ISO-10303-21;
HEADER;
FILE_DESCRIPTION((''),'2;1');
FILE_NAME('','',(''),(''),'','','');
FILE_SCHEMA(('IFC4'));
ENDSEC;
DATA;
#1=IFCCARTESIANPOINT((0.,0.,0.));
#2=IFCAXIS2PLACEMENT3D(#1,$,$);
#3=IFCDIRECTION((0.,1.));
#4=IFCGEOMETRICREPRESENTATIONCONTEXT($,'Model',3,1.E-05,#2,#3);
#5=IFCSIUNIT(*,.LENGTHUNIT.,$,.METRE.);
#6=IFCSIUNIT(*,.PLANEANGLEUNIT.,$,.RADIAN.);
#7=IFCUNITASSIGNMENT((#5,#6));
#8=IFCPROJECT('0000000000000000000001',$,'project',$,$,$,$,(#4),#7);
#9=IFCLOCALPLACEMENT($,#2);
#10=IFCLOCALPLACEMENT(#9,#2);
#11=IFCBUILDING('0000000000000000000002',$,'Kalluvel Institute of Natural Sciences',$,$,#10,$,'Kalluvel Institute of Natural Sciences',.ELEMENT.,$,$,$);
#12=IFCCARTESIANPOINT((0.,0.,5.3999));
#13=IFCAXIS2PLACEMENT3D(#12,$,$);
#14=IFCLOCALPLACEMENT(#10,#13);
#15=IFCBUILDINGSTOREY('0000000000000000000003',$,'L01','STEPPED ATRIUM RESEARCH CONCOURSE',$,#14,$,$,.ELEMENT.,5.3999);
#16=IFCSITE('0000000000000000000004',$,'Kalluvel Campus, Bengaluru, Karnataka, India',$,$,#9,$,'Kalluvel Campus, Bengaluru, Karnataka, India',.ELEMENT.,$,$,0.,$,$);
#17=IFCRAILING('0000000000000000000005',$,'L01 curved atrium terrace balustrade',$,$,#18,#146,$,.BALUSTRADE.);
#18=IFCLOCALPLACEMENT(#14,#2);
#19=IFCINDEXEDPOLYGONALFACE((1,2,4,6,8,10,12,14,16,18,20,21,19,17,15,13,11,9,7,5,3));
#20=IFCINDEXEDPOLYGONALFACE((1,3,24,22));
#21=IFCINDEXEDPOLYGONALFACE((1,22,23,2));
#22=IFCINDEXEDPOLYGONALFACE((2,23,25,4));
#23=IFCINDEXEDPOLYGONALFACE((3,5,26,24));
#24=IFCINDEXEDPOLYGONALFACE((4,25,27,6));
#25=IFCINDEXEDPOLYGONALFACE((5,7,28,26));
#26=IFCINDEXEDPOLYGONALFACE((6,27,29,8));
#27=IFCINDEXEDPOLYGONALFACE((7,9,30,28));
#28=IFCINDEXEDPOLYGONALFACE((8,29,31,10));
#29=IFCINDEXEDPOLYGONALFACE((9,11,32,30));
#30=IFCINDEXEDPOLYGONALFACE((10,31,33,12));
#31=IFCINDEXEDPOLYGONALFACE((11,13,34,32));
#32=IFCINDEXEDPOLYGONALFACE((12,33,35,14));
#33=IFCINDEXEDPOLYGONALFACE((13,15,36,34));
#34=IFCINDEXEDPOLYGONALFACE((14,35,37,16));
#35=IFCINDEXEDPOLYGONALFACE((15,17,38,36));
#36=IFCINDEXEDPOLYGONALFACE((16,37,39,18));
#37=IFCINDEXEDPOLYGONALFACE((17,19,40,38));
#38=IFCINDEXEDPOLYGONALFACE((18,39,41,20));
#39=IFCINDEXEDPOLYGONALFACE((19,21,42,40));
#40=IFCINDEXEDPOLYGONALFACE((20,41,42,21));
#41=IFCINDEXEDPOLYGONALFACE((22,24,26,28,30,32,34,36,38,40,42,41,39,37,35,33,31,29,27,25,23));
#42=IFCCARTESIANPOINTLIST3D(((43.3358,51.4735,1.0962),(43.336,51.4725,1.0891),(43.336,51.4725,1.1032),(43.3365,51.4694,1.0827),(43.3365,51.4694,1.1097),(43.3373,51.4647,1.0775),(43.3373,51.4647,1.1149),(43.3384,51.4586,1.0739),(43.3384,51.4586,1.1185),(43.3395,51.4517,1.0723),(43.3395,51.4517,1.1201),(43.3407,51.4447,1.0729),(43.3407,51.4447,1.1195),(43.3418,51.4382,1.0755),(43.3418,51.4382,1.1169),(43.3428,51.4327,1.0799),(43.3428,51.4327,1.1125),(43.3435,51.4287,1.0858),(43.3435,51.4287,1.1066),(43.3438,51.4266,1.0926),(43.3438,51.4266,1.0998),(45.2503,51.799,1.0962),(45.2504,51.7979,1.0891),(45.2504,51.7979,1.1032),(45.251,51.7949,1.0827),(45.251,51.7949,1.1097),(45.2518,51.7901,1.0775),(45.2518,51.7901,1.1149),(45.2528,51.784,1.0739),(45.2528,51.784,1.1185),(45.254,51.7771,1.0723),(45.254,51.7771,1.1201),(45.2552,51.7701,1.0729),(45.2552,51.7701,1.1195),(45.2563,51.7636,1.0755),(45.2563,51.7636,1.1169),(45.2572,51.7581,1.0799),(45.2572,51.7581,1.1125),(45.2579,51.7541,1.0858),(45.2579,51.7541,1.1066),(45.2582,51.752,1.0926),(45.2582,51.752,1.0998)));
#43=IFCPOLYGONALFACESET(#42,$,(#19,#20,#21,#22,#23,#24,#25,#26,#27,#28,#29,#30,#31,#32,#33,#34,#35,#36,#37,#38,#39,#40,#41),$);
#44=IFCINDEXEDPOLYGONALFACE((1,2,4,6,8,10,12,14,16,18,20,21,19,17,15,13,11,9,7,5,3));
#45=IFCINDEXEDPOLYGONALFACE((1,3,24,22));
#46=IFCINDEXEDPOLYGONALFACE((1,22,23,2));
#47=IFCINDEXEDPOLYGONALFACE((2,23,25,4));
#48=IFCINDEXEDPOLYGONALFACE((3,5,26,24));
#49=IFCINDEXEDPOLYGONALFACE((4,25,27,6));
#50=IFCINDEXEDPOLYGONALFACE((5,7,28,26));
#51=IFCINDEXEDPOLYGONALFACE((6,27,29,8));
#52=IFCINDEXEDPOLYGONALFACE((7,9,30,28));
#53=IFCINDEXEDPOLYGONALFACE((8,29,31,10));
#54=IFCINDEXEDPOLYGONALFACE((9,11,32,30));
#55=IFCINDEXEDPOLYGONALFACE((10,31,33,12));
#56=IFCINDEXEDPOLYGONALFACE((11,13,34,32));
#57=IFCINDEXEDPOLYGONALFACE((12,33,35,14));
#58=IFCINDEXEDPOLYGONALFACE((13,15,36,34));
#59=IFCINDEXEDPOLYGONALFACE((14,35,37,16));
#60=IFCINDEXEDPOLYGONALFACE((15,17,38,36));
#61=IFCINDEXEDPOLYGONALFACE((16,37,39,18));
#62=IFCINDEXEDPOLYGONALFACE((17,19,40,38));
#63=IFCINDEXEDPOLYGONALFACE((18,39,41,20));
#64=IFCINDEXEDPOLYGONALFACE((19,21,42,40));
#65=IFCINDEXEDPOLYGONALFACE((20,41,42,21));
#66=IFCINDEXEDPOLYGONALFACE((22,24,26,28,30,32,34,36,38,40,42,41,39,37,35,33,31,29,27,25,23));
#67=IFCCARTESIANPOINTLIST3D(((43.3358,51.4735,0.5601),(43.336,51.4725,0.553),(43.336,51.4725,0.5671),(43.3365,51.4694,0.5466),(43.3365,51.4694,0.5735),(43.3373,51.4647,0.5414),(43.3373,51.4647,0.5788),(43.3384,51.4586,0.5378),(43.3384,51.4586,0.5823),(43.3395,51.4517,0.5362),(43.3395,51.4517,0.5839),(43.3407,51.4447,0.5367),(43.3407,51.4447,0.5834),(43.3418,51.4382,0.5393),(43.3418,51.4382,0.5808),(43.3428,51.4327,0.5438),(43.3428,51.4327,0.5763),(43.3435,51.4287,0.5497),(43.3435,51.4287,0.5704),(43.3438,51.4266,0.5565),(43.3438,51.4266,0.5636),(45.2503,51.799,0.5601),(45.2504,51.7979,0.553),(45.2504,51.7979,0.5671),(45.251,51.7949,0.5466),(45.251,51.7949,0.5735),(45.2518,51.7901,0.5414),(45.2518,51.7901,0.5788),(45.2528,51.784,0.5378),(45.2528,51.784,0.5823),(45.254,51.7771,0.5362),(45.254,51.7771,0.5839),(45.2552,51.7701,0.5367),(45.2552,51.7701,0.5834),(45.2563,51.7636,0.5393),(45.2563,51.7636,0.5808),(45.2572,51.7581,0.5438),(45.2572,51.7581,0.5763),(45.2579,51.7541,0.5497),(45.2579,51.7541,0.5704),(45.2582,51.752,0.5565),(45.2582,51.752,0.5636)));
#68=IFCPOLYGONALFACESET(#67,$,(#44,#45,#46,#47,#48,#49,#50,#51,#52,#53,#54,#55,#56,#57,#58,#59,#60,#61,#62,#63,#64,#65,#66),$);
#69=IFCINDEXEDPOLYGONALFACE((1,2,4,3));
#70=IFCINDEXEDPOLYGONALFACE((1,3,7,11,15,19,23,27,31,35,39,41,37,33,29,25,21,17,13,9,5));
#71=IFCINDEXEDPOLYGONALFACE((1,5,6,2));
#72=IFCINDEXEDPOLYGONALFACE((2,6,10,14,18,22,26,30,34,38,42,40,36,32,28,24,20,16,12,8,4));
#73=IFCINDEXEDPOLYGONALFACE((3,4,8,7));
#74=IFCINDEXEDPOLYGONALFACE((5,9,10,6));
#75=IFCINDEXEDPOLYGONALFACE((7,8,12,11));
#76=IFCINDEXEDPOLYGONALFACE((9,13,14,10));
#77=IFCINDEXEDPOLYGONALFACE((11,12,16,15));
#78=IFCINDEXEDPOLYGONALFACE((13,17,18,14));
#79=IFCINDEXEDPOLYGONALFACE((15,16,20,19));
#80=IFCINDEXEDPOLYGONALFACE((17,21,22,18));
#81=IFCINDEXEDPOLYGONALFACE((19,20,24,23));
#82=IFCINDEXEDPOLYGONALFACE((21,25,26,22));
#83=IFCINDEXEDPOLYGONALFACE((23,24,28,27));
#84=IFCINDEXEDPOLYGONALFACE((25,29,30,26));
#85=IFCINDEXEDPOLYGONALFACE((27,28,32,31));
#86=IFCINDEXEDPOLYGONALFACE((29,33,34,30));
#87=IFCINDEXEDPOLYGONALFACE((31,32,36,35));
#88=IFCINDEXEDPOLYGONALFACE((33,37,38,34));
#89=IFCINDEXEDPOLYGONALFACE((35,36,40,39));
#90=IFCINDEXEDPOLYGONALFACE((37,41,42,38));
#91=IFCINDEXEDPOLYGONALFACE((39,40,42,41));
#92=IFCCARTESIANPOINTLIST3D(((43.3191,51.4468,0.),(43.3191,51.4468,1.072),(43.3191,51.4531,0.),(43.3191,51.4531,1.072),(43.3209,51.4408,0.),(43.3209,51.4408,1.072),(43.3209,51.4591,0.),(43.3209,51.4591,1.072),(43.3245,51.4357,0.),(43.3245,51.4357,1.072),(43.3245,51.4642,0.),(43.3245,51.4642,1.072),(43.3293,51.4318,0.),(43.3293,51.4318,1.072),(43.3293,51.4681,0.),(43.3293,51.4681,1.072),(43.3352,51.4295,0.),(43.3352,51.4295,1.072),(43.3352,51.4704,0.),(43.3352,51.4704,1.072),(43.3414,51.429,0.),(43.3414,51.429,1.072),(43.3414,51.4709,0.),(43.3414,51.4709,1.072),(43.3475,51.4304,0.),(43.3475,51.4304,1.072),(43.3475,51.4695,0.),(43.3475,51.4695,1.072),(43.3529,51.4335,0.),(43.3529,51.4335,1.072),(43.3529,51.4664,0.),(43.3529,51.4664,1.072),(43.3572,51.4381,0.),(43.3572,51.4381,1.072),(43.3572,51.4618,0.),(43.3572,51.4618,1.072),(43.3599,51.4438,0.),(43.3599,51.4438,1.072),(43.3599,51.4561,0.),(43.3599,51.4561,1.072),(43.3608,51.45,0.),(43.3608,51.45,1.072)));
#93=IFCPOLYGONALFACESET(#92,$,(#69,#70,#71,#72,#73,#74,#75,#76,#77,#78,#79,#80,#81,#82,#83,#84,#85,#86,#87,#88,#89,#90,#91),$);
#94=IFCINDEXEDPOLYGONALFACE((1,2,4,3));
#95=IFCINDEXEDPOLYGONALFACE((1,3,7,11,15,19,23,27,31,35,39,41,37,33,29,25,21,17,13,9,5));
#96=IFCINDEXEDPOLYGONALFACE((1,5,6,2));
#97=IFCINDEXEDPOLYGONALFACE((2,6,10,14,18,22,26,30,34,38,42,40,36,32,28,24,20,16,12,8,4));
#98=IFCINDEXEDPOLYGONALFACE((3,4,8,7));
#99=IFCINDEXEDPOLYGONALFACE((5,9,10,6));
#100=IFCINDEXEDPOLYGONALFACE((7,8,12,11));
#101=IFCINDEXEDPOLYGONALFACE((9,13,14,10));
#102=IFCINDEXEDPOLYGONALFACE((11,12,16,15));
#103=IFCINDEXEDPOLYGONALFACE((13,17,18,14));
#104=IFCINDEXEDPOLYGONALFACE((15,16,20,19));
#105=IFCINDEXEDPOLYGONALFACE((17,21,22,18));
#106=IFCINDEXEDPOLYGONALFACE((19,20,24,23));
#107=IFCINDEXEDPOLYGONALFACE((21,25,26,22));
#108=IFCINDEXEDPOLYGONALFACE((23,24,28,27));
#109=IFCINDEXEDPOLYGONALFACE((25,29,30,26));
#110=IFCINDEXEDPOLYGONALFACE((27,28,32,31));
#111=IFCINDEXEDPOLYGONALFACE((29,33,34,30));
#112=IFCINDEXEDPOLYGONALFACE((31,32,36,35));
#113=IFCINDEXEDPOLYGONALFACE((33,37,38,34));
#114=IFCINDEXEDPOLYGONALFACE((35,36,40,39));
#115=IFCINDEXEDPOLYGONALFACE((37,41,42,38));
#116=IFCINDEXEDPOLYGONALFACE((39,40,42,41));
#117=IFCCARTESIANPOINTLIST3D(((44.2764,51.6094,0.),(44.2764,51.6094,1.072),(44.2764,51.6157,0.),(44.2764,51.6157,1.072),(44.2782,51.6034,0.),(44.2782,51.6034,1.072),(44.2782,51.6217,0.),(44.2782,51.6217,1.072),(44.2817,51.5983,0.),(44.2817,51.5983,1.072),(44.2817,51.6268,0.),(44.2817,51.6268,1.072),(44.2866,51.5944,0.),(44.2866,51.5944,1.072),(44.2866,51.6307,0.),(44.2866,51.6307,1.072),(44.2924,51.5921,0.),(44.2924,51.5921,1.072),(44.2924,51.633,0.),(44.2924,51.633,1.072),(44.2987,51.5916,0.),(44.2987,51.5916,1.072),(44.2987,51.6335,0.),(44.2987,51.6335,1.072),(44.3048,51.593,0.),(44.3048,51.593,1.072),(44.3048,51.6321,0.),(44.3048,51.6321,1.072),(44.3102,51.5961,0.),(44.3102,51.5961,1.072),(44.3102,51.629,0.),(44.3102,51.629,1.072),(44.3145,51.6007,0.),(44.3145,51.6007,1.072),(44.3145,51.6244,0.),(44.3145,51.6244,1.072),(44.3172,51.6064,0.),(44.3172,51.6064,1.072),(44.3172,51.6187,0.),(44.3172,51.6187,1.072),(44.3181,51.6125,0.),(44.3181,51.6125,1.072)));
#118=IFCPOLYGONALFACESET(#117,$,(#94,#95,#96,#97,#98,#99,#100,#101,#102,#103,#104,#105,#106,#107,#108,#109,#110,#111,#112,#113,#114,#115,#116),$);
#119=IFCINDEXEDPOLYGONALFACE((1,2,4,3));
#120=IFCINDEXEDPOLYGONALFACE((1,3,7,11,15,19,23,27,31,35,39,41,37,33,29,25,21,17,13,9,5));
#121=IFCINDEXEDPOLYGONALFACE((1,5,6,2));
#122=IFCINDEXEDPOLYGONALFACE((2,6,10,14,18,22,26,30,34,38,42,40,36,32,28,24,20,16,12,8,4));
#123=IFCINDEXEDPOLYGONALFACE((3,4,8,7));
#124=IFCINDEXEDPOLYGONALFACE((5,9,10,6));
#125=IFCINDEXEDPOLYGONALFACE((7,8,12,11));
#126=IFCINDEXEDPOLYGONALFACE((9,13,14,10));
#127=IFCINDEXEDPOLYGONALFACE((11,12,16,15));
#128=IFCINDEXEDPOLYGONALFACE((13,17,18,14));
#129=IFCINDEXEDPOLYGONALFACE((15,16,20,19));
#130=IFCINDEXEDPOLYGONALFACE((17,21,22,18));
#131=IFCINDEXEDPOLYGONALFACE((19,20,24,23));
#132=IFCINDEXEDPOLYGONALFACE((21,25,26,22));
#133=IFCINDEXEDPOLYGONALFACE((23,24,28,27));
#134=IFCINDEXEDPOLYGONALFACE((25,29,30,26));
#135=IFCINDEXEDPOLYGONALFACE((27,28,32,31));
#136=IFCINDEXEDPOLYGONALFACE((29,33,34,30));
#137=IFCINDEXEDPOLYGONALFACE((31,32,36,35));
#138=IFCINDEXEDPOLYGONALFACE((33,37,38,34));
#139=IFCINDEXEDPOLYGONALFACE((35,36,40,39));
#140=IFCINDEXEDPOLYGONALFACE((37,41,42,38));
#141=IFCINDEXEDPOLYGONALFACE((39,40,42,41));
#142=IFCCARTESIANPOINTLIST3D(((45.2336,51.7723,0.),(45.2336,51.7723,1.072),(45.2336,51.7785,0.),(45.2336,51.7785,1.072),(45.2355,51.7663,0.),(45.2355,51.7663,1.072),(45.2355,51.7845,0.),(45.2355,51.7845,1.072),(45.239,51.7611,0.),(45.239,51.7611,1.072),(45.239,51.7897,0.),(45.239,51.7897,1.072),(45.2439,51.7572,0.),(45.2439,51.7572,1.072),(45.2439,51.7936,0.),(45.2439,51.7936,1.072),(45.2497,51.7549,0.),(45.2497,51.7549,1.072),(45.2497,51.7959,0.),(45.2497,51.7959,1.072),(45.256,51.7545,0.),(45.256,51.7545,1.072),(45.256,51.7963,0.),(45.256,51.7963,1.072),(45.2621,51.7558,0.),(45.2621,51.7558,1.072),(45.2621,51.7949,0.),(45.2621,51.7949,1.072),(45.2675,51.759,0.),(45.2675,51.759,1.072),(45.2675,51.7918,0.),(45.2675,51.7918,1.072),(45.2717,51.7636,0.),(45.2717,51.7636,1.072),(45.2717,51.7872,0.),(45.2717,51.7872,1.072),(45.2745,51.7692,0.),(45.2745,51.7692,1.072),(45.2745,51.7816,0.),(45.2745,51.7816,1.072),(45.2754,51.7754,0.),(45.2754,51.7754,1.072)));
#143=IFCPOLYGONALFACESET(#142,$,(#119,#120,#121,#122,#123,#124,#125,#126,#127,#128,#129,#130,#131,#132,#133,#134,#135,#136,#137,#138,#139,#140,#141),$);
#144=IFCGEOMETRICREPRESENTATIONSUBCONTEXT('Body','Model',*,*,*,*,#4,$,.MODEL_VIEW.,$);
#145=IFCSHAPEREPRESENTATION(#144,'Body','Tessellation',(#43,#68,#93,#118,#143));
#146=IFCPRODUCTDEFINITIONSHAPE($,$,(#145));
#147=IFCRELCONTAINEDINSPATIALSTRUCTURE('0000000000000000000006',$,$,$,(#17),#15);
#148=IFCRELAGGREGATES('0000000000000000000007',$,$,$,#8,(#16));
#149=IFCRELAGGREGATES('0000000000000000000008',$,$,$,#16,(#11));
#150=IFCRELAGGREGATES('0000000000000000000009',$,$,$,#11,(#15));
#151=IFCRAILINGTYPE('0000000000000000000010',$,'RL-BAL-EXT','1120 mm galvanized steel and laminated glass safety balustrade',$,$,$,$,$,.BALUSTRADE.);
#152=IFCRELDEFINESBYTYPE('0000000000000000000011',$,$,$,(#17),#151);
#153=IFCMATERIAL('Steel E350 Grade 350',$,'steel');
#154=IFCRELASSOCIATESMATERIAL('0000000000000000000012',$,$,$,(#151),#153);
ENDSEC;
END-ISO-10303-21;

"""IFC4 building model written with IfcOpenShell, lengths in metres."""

from ifc_helpers import new_model, si_unit, direction, frame, origin, origin_2d, place, context, subcontext, project, spatial, circle, extrude, material, type_object, element, save


model = new_model("IFC4")

# Units and contexts
model_context = context("Model", 3, precision=1e-05, world=origin(), true_north=direction((0.0, 1.0)))
body_context = subcontext(model_context, "Body", "Model", "MODEL_VIEW")
ifc_project = project(units=[si_unit("LENGTHUNIT", "METRE"), si_unit("PLANEANGLEUNIT", "RADIAN")], contexts=[model_context])

# Site, building, storey
site_placement = place(None, origin())
site = spatial("IfcSite", under=ifc_project, at=site_placement, Name="Kalluvel Campus, Bengaluru, Karnataka, India", LongName="Kalluvel Campus, Bengaluru, Karnataka, India", CompositionType="ELEMENT", RefElevation=0.0)
building_placement = place(site_placement, origin())
building = spatial("IfcBuilding", under=site, at=building_placement, Name="Kalluvel Institute of Natural Sciences", LongName="Kalluvel Institute of Natural Sciences", CompositionType="ELEMENT")
storey_placement = place(building_placement, frame((0.0, 0.0, 5.3999)))
storey = spatial("IfcBuildingStorey", under=building, at=storey_placement, Name="L01", Description="STEPPED ATRIUM RESEARCH CONCOURSE", CompositionType="ELEMENT", Elevation=5.3999)

# Railing
ifc_material_1 = material(Name="Steel E350 Grade 350", Category="steel")
railing_type = type_object("IfcRailingType", Name="RL-BAL-EXT", Description="1120 mm galvanized steel and laminated glass safety balustrade", PredefinedType="BALUSTRADE", material=ifc_material_1)
railing_1_placement = place(storey_placement, frame((43.3398, 51.45, 0.0)))
element("IfcRailing", 1, at=railing_1_placement, inside=storey, type_object=railing_type, Name="L01 curved atrium terrace balustrade", PredefinedType="BALUSTRADE", context=body_context, shape_type="SweptSolid", body=[
    extrude(circle(Radius=0.0239, at=origin_2d()), frame((0.0, 0.0, 1.0962), z_axis=(0.985859, 0.167578, 0.0), x_axis=(-0.167578, 0.985859, 0.0)), (0.0, 0.0, 1.0), 1.9419),
    extrude(circle(Radius=0.0239, at=origin_2d()), frame((0.0, 0.0, 0.5601), z_axis=(0.985859, 0.167578, 0.0), x_axis=(-0.167578, 0.985859, 0.0)), (0.0, 0.0, 1.0), 1.9419),
    extrude(circle(Radius=0.021, at=origin_2d()), origin(), (0.0, 0.0, 1.0), 1.072),
    extrude(circle(Radius=0.021, at=origin_2d()), frame((0.9573, 0.1626, 0.0)), (0.0, 0.0, 1.0), 1.072),
    extrude(circle(Radius=0.021, at=origin_2d()), frame((1.9146, 0.3254, 0.0)), (0.0, 0.0, 1.0), 1.072),
])

save(model, "model.ifc")
